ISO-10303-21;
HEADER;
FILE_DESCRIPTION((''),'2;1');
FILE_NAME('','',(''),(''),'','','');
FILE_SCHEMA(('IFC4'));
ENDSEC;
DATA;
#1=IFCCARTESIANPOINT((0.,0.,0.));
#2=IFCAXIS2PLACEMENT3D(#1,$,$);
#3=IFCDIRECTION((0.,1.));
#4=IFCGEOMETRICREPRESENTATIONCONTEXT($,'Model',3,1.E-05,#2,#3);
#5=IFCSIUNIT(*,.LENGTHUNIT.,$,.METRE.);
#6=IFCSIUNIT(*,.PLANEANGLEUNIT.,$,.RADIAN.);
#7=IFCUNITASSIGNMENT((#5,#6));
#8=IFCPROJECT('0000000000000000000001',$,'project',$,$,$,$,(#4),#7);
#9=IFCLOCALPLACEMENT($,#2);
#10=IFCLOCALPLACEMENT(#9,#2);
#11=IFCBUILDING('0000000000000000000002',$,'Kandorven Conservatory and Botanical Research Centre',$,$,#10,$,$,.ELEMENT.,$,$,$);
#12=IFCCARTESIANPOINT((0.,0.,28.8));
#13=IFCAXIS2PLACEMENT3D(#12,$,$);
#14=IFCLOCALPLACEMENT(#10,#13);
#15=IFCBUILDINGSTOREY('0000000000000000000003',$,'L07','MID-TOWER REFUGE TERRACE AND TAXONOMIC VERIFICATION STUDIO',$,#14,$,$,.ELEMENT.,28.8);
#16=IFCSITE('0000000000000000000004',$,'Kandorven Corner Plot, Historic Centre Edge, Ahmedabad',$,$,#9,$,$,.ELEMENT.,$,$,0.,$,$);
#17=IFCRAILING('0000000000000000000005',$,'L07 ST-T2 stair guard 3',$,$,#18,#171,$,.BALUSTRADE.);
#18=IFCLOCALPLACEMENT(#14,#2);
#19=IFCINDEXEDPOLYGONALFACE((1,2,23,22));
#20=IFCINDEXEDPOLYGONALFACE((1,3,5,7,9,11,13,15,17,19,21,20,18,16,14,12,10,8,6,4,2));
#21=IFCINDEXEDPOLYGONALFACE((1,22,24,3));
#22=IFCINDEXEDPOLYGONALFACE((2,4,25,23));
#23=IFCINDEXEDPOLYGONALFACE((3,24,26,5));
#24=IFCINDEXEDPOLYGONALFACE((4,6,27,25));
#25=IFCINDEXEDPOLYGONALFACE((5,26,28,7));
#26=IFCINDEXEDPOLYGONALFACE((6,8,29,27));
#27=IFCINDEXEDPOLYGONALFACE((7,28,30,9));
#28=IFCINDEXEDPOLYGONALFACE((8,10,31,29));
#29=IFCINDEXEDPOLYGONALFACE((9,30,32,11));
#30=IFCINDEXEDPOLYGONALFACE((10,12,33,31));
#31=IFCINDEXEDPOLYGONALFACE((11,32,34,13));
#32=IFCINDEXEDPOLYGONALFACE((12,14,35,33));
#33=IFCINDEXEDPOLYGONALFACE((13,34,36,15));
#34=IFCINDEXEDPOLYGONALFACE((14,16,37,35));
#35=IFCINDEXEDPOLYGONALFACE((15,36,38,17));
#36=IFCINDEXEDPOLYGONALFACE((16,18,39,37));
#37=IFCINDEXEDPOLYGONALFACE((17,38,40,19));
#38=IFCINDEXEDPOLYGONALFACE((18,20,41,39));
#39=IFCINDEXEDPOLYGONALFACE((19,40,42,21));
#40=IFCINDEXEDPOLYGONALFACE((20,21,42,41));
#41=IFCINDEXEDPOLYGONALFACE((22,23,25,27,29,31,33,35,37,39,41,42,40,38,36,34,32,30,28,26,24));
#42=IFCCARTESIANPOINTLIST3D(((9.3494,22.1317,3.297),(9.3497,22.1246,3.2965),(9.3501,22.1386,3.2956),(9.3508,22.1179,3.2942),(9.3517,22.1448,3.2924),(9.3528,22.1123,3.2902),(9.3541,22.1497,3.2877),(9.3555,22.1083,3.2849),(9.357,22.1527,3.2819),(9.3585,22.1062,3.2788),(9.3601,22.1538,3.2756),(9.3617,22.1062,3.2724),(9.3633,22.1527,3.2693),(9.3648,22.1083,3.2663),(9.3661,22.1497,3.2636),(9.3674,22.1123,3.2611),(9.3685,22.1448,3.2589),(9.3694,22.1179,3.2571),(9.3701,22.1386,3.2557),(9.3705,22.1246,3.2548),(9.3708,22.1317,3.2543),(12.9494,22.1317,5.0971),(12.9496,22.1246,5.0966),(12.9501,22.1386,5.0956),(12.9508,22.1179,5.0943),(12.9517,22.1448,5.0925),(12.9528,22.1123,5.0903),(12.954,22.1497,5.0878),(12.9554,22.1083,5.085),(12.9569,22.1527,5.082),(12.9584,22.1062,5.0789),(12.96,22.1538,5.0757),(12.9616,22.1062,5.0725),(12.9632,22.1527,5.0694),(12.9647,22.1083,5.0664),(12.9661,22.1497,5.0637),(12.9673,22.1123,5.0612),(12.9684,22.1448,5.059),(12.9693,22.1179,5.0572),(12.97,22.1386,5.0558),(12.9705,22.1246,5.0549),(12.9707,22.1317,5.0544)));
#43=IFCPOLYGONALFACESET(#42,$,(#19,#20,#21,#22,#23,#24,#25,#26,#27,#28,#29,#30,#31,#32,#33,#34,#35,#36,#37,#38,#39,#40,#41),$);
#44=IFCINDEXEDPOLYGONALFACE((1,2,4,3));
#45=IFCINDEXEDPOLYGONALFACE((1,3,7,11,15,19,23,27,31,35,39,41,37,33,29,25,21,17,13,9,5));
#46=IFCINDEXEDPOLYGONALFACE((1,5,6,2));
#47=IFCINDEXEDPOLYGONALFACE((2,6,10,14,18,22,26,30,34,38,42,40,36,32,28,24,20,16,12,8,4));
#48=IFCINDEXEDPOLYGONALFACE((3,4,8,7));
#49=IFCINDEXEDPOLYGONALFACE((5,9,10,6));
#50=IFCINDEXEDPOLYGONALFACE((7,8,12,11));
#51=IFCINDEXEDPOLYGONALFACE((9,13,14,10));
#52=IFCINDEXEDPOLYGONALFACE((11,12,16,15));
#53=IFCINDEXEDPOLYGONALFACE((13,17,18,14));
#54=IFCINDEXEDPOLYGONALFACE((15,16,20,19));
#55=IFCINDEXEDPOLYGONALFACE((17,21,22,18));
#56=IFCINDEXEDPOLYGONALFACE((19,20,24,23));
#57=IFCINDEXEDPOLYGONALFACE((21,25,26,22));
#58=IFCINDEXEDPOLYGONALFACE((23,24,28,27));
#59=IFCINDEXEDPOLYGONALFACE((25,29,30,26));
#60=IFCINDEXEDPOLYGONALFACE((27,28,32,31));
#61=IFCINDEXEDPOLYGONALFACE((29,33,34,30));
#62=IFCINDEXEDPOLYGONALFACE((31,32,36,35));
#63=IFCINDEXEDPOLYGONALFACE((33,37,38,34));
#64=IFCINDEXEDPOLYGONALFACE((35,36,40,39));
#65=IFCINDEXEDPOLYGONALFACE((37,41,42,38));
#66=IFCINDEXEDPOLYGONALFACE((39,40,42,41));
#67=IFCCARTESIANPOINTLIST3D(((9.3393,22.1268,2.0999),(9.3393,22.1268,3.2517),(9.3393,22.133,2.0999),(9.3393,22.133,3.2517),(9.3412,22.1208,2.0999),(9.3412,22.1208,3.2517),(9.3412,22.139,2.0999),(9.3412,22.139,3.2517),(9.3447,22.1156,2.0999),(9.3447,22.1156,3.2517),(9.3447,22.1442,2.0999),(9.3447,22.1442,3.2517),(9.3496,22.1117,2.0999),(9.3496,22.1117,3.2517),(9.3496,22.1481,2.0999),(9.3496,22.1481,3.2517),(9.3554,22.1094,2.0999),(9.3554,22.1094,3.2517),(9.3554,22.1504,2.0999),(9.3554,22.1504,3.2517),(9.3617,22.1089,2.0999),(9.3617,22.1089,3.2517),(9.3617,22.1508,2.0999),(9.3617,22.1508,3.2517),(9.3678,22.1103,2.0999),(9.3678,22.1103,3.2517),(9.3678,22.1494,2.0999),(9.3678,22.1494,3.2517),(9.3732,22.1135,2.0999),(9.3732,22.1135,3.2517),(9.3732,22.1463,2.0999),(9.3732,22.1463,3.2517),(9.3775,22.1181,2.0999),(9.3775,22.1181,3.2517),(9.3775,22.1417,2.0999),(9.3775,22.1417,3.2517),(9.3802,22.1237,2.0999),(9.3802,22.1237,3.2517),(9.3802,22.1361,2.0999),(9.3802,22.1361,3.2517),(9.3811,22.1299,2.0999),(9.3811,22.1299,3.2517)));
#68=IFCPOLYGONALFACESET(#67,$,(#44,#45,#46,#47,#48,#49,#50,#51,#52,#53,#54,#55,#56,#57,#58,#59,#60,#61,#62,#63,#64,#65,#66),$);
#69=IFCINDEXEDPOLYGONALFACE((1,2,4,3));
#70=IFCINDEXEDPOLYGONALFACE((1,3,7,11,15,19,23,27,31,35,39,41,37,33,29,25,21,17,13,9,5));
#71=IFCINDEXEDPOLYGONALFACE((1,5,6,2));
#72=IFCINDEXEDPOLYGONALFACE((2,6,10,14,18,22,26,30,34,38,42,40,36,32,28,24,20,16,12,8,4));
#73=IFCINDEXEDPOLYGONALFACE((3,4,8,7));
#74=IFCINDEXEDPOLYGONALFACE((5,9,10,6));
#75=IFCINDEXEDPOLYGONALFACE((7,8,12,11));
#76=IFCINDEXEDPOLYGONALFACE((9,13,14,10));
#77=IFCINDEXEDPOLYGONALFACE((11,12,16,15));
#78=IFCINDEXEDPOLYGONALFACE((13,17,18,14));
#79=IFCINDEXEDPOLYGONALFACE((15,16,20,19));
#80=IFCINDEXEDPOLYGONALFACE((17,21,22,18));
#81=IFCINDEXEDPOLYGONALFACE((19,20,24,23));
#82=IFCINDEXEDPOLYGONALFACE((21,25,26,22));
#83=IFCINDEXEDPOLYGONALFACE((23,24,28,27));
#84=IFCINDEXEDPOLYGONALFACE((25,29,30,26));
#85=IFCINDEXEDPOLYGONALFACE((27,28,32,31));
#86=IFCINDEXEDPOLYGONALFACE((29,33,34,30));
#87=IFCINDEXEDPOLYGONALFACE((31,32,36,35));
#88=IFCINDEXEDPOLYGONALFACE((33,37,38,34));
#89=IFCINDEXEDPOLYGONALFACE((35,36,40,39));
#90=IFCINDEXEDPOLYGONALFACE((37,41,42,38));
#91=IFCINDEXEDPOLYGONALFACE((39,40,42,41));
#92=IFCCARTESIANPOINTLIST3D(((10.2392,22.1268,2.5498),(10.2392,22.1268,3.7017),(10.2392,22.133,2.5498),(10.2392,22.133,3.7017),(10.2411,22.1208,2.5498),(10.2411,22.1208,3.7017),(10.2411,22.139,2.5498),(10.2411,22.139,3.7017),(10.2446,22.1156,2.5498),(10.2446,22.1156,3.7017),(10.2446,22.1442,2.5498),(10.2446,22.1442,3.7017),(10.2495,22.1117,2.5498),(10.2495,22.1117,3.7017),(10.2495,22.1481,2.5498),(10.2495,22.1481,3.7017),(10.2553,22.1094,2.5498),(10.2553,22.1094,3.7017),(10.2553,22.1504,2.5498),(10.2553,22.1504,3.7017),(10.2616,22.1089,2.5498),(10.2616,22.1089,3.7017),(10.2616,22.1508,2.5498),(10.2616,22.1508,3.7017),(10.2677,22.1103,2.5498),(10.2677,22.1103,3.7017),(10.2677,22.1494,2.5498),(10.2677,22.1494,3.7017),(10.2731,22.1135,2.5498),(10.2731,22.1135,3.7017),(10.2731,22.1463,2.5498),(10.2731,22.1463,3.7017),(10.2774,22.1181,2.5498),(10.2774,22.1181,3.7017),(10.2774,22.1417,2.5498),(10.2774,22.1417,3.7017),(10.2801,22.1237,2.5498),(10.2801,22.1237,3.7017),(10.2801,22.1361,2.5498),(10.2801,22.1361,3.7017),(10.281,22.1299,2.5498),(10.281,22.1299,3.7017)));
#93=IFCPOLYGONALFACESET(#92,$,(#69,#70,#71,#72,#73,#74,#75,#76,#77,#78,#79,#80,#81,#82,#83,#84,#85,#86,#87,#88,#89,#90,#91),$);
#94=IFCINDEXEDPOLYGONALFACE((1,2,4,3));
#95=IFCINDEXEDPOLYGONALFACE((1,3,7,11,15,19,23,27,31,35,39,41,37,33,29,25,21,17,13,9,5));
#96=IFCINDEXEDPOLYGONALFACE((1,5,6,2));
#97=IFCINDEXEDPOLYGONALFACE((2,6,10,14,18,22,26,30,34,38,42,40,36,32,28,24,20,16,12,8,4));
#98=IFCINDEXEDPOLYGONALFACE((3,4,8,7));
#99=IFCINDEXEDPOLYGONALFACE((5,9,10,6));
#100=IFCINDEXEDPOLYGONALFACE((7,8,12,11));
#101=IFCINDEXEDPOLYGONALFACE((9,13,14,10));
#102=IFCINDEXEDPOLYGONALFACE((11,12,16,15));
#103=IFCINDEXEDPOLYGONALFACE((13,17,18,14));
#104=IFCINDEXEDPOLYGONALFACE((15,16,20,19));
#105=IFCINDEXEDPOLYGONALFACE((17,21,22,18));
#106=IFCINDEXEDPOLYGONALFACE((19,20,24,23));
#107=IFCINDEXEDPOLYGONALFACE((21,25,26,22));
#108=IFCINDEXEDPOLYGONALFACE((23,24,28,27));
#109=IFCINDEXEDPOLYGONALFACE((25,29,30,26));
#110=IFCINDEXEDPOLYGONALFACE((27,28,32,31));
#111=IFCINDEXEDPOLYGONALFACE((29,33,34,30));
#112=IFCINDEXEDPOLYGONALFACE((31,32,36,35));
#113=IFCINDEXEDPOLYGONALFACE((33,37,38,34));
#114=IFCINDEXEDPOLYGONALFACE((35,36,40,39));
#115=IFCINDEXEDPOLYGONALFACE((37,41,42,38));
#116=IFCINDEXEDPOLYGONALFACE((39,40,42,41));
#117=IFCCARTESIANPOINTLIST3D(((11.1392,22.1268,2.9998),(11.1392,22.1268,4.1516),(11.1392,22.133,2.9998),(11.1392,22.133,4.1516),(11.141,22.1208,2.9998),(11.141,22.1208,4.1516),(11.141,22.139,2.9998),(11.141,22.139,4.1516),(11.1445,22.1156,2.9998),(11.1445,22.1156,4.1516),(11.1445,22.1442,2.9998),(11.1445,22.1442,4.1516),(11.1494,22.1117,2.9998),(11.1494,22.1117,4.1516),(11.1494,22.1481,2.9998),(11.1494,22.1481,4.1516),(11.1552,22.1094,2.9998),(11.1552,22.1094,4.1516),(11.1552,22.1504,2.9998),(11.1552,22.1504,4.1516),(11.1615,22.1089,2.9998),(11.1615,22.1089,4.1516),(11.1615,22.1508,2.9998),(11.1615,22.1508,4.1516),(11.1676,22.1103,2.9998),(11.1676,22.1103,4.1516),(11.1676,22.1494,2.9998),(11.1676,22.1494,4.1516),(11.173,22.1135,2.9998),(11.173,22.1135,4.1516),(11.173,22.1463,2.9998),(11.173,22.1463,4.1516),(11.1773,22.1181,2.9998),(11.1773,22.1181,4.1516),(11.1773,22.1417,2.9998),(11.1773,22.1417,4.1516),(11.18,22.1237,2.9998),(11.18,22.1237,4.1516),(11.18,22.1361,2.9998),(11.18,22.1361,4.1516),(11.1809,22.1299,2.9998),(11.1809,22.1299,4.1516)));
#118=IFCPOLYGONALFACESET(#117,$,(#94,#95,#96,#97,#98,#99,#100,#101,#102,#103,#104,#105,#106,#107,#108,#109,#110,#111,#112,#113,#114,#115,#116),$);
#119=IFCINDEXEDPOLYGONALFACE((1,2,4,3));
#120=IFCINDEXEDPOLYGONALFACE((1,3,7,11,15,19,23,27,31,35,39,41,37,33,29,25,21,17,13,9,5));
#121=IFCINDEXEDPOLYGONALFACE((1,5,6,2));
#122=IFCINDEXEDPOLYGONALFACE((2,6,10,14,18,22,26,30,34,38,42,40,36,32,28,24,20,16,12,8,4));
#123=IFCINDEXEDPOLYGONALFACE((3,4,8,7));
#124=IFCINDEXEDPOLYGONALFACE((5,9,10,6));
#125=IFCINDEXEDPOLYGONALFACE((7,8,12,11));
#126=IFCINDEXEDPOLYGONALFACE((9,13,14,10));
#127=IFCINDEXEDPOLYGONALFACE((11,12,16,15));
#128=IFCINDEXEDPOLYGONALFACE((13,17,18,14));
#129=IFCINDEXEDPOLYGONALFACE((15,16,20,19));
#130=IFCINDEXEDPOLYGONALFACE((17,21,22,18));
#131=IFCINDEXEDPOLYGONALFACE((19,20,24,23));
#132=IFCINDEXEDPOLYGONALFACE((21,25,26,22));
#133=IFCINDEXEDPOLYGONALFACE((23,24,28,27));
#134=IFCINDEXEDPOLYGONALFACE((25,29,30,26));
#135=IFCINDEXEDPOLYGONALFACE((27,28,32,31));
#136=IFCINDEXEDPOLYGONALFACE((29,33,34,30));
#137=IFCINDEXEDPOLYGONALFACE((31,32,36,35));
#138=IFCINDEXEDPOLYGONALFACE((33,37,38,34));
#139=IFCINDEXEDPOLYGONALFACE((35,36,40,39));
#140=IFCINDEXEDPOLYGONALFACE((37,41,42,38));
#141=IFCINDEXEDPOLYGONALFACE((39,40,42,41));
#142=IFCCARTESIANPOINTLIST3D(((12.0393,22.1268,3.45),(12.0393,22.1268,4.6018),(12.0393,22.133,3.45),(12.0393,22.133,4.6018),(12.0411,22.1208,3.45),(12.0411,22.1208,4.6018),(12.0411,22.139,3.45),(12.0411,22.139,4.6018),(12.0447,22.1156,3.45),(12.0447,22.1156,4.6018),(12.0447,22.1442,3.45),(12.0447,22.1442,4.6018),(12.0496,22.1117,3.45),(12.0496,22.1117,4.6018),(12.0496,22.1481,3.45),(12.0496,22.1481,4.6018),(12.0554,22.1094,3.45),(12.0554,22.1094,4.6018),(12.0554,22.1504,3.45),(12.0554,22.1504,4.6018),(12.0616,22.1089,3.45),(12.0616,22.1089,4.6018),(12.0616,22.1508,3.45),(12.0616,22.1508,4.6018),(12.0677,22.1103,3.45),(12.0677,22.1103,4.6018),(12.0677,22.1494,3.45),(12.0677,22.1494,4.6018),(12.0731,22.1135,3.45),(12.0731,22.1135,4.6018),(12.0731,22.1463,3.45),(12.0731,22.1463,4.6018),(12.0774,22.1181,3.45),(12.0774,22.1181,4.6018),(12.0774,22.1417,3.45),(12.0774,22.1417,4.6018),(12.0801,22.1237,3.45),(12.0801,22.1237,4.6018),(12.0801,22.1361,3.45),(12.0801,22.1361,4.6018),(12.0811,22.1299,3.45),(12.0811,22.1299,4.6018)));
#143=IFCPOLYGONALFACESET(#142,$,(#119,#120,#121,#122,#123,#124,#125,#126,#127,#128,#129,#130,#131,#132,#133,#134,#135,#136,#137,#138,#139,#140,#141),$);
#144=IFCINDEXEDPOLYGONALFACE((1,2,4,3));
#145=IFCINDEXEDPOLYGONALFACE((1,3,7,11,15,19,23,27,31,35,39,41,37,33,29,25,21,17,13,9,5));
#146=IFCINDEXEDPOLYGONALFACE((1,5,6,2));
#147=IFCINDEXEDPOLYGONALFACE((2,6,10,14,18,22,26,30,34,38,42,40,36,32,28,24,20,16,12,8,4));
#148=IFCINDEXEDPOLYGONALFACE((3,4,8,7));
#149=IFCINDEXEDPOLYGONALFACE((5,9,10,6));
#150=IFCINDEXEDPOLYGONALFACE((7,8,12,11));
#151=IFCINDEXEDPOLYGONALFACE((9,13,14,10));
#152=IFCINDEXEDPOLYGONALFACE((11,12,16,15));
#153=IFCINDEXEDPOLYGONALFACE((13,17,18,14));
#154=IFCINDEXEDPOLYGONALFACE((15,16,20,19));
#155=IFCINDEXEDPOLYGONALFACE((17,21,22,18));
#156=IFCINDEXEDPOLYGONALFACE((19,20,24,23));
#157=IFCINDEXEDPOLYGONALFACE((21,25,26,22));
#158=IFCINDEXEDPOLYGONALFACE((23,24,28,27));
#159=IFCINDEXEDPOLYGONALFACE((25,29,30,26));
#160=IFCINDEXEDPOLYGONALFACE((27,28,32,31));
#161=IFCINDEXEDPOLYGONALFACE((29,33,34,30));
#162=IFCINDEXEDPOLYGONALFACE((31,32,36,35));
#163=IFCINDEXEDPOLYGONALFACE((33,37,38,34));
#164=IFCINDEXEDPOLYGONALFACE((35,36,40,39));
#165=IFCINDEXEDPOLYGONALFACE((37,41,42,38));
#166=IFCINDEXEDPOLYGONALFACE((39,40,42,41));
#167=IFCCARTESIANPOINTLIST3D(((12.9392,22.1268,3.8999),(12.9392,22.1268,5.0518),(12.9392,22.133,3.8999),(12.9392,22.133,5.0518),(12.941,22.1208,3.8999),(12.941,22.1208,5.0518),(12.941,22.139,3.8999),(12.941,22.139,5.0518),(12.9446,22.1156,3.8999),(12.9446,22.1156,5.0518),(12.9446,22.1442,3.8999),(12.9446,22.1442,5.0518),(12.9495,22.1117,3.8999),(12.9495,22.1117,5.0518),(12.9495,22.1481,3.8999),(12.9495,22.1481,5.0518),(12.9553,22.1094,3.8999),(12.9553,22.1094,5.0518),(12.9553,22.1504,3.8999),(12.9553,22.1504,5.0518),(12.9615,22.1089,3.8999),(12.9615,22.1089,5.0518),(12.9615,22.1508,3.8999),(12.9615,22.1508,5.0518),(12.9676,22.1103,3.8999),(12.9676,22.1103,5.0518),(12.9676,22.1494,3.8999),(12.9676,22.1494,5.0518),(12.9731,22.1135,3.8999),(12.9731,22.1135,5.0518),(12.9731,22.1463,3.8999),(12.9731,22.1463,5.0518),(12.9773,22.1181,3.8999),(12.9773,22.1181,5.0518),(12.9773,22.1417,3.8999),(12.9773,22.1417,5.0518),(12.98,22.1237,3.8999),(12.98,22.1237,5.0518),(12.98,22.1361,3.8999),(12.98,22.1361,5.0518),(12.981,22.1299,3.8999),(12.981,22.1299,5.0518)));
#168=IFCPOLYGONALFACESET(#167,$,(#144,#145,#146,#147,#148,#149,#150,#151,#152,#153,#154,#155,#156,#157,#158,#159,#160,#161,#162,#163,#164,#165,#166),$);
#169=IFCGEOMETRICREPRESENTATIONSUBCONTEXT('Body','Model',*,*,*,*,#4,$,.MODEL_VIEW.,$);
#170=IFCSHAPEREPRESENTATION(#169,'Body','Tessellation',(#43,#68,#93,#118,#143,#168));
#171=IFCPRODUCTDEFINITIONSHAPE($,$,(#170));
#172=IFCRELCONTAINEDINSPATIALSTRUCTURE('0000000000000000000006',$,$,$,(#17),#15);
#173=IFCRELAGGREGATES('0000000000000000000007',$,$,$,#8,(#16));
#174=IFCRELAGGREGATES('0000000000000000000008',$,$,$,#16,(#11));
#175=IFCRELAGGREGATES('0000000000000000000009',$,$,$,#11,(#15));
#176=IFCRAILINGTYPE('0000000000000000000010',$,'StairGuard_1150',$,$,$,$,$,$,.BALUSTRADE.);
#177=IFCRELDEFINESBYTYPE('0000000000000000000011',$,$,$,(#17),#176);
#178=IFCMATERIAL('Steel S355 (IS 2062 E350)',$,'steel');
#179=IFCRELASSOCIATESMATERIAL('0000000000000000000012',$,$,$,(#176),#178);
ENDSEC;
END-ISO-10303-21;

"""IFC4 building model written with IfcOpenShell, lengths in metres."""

from ifc_helpers import new_model, si_unit, direction, frame, origin, origin_2d, place, context, subcontext, project, spatial, circle, extrude, material, type_object, element, save


model = new_model("IFC4")

# Units and contexts
model_context = context("Model", 3, precision=1e-05, world=origin(), true_north=direction((0.0, 1.0)))
body_context = subcontext(model_context, "Body", "Model", "MODEL_VIEW")
ifc_project = project(units=[si_unit("LENGTHUNIT", "METRE"), si_unit("PLANEANGLEUNIT", "RADIAN")], contexts=[model_context])

# Site, building, storey
site_placement = place(None, origin())
site = spatial("IfcSite", under=ifc_project, at=site_placement, Name="Kandorven Corner Plot, Historic Centre Edge, Ahmedabad", CompositionType="ELEMENT", RefElevation=0.0)
building_placement = place(site_placement, origin())
building = spatial("IfcBuilding", under=site, at=building_placement, Name="Kandorven Conservatory and Botanical Research Centre", CompositionType="ELEMENT")
storey_placement = place(building_placement, frame((0.0, 0.0, 28.8)))
storey = spatial("IfcBuildingStorey", under=building, at=storey_placement, Name="L07", Description="MID-TOWER REFUGE TERRACE AND TAXONOMIC VERIFICATION STUDIO", CompositionType="ELEMENT", Elevation=28.8)

# Railing
ifc_material_1 = material(Name="Steel S355 (IS 2062 E350)", Category="steel")
railing_type_1 = type_object("IfcRailingType", Name="StairGuard_1150", PredefinedType="BALUSTRADE", material=ifc_material_1)
railing_1_placement = place(storey_placement, frame((9.3601, 22.1299, 2.0999)))
element("IfcRailing", 1, at=railing_1_placement, inside=storey, type_object=railing_type_1, Name="L07 ST-T2 stair guard 3", PredefinedType="BALUSTRADE", context=body_context, shape_type="SweptSolid", body=[
    extrude(circle(Radius=0.0239, at=origin_2d()), frame((0.0, 0.0, 1.1758), z_axis=(0.894415, 0.0, 0.447238), x_axis=(0.0, 1.0, 0.0)), (0.0, 0.0, 1.0), 4.0249),
    extrude(circle(Radius=0.021, at=origin_2d()), origin(), (0.0, 0.0, 1.0), 1.1519),
    extrude(circle(Radius=0.021, at=origin_2d()), frame((0.8999, 0.0, 0.45)), (0.0, 0.0, 1.0), 1.1519),
    extrude(circle(Radius=0.021, at=origin_2d()), frame((1.7998, 0.0, 0.8999)), (0.0, 0.0, 1.0), 1.1519),
    extrude(circle(Radius=0.021, at=origin_2d()), frame((2.7, 0.0, 1.3501)), (0.0, 0.0, 1.0), 1.1519),
    extrude(circle(Radius=0.021, at=origin_2d()), frame((3.5999, 0.0, 1.8)), (0.0, 0.0, 1.0), 1.1519),
])

save(model, "model.ifc")
